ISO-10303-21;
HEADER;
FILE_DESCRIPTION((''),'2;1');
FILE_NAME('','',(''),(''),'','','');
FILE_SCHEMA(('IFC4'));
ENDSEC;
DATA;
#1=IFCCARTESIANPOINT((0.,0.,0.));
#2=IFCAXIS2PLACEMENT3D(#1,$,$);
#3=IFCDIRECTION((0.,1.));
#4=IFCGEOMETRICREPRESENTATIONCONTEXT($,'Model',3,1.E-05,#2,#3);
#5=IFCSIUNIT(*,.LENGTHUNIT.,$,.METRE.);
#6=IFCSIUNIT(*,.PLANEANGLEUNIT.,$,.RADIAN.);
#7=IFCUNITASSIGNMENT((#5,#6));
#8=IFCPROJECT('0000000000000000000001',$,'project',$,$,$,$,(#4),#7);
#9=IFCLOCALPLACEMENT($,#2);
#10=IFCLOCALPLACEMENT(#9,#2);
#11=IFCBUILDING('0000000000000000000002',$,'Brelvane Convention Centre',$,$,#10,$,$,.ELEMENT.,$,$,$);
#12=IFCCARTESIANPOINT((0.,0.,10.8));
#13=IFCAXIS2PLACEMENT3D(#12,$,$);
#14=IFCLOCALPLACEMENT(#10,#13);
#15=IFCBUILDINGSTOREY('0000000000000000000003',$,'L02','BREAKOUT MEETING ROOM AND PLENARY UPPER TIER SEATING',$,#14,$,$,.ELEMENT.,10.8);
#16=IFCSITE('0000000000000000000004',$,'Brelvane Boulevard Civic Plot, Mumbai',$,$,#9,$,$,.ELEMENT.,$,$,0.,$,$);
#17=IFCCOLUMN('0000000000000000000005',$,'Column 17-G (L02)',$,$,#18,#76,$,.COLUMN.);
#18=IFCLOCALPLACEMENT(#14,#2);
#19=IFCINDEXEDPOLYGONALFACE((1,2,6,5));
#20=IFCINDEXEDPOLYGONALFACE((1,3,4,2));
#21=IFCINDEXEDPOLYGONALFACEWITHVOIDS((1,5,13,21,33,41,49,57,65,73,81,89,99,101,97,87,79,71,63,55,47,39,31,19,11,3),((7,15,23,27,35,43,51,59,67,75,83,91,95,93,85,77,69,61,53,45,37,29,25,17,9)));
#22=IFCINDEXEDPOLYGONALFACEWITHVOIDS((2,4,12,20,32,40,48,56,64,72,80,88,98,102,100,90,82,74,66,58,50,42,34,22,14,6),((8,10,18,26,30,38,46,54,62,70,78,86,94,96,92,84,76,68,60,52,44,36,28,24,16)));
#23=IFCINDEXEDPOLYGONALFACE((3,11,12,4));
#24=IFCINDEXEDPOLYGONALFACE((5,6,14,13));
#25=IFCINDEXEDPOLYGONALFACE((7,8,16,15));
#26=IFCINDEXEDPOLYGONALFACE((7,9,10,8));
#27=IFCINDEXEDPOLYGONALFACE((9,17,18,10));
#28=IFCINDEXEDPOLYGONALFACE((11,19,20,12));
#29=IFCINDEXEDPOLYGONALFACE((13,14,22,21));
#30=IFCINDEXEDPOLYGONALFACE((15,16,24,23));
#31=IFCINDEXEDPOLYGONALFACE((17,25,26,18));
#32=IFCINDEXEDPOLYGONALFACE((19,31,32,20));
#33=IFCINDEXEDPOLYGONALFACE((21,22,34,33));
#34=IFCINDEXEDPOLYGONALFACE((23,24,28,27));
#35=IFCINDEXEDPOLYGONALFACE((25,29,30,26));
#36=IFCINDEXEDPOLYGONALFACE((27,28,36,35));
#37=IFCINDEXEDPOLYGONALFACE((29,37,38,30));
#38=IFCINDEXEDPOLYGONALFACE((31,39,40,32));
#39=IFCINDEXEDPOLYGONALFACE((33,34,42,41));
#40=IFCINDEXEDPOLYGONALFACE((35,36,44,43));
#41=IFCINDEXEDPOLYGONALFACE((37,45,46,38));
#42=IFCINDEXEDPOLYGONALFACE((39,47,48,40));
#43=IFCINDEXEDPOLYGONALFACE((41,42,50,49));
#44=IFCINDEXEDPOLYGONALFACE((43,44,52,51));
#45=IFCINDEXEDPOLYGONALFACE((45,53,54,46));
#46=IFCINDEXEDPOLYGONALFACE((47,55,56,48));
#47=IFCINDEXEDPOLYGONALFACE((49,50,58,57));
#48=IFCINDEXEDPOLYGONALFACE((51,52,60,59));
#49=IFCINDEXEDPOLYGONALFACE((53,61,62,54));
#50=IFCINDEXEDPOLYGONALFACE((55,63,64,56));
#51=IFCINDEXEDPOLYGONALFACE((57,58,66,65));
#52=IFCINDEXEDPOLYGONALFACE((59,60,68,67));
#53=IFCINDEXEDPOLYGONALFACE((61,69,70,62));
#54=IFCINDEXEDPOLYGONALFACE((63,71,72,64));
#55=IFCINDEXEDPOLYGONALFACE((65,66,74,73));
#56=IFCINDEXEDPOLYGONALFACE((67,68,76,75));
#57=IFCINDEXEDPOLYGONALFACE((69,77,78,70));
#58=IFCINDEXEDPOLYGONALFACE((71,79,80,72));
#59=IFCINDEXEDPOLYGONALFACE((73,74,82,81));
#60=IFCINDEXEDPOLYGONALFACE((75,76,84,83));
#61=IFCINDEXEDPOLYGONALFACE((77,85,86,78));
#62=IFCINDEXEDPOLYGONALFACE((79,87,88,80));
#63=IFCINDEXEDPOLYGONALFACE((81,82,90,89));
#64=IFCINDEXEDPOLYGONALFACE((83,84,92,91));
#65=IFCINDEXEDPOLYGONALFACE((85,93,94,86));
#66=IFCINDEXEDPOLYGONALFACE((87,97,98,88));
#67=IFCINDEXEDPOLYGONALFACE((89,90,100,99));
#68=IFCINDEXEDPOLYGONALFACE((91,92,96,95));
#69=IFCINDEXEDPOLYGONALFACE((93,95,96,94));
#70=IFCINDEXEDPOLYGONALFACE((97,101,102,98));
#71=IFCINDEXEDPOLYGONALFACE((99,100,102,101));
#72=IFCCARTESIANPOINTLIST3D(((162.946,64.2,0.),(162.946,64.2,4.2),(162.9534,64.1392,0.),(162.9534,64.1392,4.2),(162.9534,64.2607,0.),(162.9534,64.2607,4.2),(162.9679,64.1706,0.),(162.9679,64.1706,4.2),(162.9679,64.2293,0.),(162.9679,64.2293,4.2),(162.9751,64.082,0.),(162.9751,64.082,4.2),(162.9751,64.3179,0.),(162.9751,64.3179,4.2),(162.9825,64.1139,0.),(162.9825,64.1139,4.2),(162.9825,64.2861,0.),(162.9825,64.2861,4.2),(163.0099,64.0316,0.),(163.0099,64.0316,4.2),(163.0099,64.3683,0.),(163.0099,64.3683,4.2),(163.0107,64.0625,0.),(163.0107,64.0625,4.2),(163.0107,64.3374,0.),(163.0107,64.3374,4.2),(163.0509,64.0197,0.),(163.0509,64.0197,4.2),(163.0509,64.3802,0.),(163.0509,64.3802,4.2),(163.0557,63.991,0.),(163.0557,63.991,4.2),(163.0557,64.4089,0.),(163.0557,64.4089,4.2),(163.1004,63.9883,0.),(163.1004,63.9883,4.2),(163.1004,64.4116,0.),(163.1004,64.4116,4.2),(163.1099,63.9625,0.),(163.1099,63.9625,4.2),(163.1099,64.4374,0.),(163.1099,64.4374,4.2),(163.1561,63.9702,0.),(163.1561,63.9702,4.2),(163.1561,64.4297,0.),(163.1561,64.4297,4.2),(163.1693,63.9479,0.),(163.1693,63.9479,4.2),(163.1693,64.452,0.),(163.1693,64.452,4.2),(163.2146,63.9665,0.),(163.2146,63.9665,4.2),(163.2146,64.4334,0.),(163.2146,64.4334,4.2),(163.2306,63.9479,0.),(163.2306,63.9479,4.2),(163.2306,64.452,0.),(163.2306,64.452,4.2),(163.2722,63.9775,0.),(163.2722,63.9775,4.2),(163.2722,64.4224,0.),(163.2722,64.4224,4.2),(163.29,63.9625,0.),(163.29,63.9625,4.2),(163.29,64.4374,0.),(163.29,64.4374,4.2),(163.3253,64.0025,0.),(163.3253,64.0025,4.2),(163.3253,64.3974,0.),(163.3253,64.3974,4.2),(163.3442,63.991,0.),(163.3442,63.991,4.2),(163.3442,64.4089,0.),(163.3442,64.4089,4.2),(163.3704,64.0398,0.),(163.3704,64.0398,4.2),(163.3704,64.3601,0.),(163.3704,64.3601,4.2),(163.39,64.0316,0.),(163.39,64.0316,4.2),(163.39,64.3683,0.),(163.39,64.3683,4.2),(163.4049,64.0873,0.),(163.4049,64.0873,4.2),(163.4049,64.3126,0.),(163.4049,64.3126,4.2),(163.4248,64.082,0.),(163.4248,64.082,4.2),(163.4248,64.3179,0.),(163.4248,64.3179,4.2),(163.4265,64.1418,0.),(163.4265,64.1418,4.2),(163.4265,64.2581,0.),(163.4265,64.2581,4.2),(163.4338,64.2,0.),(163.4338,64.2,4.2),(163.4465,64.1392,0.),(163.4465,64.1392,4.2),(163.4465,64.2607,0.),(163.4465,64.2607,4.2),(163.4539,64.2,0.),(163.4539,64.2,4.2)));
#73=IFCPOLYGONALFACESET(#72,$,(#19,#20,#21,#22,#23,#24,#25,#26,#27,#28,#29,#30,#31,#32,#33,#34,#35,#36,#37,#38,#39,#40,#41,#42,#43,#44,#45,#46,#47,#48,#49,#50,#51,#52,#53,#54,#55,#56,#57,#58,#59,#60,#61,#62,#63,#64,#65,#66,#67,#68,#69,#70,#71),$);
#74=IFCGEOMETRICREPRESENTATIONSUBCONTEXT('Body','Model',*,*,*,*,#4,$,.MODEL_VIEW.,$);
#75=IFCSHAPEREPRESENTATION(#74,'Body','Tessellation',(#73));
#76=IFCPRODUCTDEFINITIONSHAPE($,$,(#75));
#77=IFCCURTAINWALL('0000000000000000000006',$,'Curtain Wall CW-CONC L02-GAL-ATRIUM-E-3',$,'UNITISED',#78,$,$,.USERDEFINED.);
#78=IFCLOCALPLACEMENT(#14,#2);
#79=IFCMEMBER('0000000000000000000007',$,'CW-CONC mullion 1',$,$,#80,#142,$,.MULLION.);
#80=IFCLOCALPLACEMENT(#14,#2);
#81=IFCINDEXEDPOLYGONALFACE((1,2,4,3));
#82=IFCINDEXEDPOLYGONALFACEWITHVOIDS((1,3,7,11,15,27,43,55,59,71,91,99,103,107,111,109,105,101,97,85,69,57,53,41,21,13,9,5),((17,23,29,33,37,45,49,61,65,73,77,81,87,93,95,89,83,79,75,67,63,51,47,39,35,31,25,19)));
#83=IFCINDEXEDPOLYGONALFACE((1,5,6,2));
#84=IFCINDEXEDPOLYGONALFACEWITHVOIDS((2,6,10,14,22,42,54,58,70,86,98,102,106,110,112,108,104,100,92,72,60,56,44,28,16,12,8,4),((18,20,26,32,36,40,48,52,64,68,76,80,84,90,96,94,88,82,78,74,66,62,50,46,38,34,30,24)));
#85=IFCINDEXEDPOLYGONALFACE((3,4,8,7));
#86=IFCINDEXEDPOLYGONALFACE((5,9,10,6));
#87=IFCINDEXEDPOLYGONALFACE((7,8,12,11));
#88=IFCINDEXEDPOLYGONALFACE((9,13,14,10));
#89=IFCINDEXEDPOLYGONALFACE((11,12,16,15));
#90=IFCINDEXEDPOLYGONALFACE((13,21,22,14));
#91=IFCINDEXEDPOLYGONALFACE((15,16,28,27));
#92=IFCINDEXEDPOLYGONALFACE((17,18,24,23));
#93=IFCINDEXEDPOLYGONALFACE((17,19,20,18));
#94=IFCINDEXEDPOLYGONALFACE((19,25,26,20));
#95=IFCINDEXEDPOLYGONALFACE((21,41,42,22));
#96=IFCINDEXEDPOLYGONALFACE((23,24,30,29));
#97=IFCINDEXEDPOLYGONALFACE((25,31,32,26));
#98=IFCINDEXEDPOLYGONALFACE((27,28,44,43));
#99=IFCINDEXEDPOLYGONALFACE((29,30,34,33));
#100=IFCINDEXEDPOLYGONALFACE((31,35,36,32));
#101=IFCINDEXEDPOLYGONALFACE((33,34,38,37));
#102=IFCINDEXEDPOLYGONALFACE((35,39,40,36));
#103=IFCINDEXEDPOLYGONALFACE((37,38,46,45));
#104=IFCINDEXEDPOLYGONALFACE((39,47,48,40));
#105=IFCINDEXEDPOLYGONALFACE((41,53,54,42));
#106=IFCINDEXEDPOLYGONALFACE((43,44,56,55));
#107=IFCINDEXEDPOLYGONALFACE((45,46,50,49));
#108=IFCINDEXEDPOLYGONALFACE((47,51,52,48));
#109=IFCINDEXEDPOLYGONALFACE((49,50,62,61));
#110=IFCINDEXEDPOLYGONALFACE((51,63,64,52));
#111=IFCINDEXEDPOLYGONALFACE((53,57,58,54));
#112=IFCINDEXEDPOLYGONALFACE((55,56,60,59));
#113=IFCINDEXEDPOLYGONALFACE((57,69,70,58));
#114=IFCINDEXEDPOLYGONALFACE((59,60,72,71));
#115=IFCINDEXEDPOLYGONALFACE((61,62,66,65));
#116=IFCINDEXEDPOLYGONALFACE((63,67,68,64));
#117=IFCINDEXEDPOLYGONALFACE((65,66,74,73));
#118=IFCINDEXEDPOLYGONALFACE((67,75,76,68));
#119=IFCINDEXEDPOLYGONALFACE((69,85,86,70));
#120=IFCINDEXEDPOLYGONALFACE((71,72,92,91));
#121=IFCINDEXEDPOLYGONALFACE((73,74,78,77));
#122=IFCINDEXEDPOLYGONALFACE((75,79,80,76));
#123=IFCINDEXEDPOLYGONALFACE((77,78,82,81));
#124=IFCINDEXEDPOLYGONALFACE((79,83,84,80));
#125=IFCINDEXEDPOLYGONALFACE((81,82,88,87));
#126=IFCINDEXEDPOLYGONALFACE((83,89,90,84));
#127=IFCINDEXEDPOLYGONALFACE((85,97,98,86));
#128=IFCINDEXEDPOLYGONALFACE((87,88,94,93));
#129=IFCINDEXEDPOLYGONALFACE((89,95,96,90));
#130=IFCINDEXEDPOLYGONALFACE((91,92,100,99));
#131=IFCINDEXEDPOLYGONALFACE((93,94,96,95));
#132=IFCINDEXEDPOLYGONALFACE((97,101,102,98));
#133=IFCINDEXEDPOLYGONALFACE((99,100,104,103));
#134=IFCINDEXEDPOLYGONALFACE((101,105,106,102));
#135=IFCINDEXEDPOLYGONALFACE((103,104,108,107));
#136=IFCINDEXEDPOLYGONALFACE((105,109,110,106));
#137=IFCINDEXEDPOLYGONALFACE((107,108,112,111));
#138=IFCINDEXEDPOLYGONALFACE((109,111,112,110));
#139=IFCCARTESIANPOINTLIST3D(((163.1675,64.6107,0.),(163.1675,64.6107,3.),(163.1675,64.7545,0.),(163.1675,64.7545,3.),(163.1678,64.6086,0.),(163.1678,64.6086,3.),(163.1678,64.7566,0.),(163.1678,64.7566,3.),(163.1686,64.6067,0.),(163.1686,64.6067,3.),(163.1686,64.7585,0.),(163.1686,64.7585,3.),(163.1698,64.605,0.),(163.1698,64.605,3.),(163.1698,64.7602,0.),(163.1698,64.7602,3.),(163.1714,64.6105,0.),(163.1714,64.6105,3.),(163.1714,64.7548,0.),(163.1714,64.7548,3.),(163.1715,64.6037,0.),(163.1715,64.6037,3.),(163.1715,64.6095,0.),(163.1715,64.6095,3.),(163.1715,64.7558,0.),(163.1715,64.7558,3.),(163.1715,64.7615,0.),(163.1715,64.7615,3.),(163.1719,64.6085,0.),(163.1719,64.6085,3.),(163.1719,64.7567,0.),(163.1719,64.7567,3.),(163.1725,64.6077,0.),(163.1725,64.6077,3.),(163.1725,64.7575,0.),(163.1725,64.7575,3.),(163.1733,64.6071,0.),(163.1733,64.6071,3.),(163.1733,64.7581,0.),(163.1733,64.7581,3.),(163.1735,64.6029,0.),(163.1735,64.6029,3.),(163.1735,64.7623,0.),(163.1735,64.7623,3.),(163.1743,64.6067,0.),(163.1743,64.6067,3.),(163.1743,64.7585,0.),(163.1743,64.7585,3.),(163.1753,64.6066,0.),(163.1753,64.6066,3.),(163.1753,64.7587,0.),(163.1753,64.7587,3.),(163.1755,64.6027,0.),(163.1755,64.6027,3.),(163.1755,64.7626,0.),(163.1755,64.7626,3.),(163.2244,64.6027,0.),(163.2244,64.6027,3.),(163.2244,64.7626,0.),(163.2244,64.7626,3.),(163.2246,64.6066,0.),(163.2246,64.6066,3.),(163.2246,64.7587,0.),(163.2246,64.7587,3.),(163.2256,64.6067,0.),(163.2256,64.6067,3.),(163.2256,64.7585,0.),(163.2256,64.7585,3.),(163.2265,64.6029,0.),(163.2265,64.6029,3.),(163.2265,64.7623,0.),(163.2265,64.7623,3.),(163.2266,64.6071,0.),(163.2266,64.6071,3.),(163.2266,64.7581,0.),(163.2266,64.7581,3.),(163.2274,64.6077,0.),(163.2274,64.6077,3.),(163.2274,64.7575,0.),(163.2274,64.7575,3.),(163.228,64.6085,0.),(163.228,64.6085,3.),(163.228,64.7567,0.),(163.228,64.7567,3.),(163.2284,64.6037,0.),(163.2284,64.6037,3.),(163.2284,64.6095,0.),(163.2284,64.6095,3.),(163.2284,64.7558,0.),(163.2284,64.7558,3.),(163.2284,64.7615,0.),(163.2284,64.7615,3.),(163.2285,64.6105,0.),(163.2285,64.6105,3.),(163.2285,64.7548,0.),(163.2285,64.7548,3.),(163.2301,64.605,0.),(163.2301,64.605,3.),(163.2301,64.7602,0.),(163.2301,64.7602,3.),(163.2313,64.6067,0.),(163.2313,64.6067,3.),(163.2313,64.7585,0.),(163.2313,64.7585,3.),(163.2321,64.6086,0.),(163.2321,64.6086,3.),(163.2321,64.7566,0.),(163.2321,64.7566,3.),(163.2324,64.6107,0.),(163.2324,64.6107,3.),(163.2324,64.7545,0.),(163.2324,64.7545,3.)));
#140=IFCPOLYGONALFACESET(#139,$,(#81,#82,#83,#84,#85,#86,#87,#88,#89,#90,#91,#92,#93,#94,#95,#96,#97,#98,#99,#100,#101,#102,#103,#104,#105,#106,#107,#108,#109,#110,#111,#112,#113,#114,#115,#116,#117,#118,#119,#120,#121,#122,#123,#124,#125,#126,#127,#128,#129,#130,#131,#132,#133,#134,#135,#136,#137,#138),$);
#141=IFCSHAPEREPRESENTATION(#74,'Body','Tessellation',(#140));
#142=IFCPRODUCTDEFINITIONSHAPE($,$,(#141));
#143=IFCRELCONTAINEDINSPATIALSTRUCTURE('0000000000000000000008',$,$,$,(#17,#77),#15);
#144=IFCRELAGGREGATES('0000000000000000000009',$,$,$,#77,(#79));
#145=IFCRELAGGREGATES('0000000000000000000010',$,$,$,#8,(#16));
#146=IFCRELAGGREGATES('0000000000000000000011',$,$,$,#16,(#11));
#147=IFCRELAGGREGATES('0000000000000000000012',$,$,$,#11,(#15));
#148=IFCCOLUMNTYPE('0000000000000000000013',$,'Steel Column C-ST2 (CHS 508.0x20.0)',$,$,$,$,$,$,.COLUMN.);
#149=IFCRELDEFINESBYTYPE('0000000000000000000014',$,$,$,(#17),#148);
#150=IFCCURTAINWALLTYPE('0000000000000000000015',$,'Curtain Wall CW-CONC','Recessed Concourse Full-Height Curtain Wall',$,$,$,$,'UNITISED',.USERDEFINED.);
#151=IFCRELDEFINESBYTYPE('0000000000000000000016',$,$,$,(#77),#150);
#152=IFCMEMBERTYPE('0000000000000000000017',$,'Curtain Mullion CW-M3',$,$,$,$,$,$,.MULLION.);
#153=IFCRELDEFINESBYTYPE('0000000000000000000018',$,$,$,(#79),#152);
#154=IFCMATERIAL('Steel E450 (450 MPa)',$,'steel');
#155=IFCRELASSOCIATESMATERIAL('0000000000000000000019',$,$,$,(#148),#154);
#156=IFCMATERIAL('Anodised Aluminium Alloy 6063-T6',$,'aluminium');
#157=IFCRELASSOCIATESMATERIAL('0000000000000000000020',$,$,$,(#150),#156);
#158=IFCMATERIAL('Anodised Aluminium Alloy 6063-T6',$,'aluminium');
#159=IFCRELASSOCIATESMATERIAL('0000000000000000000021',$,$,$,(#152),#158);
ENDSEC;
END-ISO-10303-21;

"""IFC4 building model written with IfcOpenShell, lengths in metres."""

from ifc_helpers import new_model, si_unit, direction, frame, origin, origin_2d, place, context, subcontext, project, spatial, hollow_rectangle, hollow_circle, extrude, material, material_profile, profile_set, type_object, element, aggregate, save


model = new_model("IFC4")

# Units and contexts
model_context = context("Model", 3, precision=1e-05, world=origin(), true_north=direction((0.0, 1.0)))
body_context = subcontext(model_context, "Body", "Model", "MODEL_VIEW")
ifc_project = project(units=[si_unit("LENGTHUNIT", "METRE"), si_unit("PLANEANGLEUNIT", "RADIAN")], contexts=[model_context])

# Site, building, storey
site_placement = place(None, origin())
site = spatial("IfcSite", under=ifc_project, at=site_placement, Name="Brelvane Boulevard Civic Plot, Mumbai", CompositionType="ELEMENT", RefElevation=0.0)
building_placement = place(site_placement, origin())
building = spatial("IfcBuilding", under=site, at=building_placement, Name="Brelvane Convention Centre", CompositionType="ELEMENT")
storey_placement = place(building_placement, frame((0.0, 0.0, 10.8)))
storey = spatial("IfcBuildingStorey", under=building, at=storey_placement, Name="L02", Description="BREAKOUT MEETING ROOM AND PLENARY UPPER TIER SEATING", CompositionType="ELEMENT", Elevation=10.8)

# Column
ifc_material_1 = material(Name="Steel E450 (450 MPa)", Category="steel")
ifc_material_profile_1 = material_profile(ifc_material_1, hollow_circle(Radius=0.2539, WallThickness=0.02, at=origin_2d()), Name="CHS 508.0x20.0")
ifc_profile_set_1 = profile_set([ifc_material_profile_1], Name="Steel E450 (450 MPa)")
column_type = type_object("IfcColumnType", Name="Steel Column C-ST2 (CHS 508.0x20.0)", PredefinedType="COLUMN", material=ifc_profile_set_1)
column_placement = place(storey_placement, frame((163.2, 64.2, 0.0), z_axis=(0.0, 0.0, 1.0), x_axis=(1.0, 0.0, 0.0)))
element("IfcColumn", 1, at=column_placement, inside=storey, type_object=column_type, Name="Column 17-G (L02)", PredefinedType="COLUMN", context=body_context, shape_type="SweptSolid", body=[
    extrude(hollow_circle(Radius=0.2539, WallThickness=0.02, at=origin_2d()), origin(), (0.0, 0.0, 1.0), 4.2),
])

# Curtain wall, member
ifc_material_2 = material(Name="Anodised Aluminium Alloy 6063-T6", Category="aluminium")
curtain_wall_type = type_object("IfcCurtainWallType", Name="Curtain Wall CW-CONC", Description="Recessed Concourse Full-Height Curtain Wall", ElementType="UNITISED", PredefinedType="USERDEFINED", material=ifc_material_2)
curtain_wall_placement = place(storey_placement, origin())
curtain_wall = element("IfcCurtainWall", 2, at=curtain_wall_placement, inside=storey, type_object=curtain_wall_type, Name="Curtain Wall CW-CONC L02-GAL-ATRIUM-E-3", ObjectType="UNITISED", PredefinedType="USERDEFINED")
ifc_material_3 = material(Name="Anodised Aluminium Alloy 6063-T6", Category="aluminium")
ifc_material_profile_2 = material_profile(ifc_material_3, hollow_rectangle(XDim=0.0649, YDim=0.1599, WallThickness=0.0039, InnerFilletRadius=0.0039, OuterFilletRadius=0.0081, at=origin_2d()), Name="ALU-M 160x65x4.0")
ifc_profile_set_2 = profile_set([ifc_material_profile_2], Name="Anodised Aluminium Alloy 6063-T6")
member_type_1 = type_object("IfcMemberType", Name="Curtain Mullion CW-M3", PredefinedType="MULLION", material=ifc_profile_set_2)
member_1_placement = place(storey_placement, frame((163.2, 64.6826, 0.0), z_axis=(0.0, 0.0, 1.0), x_axis=(-1.0, 0.0, 0.0)))
member_1 = element("IfcMember", 3, at=member_1_placement, type_object=member_type_1, Name="CW-CONC mullion 1", PredefinedType="MULLION", context=body_context, shape_type="SweptSolid", body=[
    extrude(hollow_rectangle(XDim=0.0649, YDim=0.1599, WallThickness=0.0039, InnerFilletRadius=0.0039, OuterFilletRadius=0.0081, at=origin_2d()), origin(), (0.0, 0.0, 1.0), 3.0),
])

aggregate(curtain_wall, [member_1])

save(model, "model.ifc")
